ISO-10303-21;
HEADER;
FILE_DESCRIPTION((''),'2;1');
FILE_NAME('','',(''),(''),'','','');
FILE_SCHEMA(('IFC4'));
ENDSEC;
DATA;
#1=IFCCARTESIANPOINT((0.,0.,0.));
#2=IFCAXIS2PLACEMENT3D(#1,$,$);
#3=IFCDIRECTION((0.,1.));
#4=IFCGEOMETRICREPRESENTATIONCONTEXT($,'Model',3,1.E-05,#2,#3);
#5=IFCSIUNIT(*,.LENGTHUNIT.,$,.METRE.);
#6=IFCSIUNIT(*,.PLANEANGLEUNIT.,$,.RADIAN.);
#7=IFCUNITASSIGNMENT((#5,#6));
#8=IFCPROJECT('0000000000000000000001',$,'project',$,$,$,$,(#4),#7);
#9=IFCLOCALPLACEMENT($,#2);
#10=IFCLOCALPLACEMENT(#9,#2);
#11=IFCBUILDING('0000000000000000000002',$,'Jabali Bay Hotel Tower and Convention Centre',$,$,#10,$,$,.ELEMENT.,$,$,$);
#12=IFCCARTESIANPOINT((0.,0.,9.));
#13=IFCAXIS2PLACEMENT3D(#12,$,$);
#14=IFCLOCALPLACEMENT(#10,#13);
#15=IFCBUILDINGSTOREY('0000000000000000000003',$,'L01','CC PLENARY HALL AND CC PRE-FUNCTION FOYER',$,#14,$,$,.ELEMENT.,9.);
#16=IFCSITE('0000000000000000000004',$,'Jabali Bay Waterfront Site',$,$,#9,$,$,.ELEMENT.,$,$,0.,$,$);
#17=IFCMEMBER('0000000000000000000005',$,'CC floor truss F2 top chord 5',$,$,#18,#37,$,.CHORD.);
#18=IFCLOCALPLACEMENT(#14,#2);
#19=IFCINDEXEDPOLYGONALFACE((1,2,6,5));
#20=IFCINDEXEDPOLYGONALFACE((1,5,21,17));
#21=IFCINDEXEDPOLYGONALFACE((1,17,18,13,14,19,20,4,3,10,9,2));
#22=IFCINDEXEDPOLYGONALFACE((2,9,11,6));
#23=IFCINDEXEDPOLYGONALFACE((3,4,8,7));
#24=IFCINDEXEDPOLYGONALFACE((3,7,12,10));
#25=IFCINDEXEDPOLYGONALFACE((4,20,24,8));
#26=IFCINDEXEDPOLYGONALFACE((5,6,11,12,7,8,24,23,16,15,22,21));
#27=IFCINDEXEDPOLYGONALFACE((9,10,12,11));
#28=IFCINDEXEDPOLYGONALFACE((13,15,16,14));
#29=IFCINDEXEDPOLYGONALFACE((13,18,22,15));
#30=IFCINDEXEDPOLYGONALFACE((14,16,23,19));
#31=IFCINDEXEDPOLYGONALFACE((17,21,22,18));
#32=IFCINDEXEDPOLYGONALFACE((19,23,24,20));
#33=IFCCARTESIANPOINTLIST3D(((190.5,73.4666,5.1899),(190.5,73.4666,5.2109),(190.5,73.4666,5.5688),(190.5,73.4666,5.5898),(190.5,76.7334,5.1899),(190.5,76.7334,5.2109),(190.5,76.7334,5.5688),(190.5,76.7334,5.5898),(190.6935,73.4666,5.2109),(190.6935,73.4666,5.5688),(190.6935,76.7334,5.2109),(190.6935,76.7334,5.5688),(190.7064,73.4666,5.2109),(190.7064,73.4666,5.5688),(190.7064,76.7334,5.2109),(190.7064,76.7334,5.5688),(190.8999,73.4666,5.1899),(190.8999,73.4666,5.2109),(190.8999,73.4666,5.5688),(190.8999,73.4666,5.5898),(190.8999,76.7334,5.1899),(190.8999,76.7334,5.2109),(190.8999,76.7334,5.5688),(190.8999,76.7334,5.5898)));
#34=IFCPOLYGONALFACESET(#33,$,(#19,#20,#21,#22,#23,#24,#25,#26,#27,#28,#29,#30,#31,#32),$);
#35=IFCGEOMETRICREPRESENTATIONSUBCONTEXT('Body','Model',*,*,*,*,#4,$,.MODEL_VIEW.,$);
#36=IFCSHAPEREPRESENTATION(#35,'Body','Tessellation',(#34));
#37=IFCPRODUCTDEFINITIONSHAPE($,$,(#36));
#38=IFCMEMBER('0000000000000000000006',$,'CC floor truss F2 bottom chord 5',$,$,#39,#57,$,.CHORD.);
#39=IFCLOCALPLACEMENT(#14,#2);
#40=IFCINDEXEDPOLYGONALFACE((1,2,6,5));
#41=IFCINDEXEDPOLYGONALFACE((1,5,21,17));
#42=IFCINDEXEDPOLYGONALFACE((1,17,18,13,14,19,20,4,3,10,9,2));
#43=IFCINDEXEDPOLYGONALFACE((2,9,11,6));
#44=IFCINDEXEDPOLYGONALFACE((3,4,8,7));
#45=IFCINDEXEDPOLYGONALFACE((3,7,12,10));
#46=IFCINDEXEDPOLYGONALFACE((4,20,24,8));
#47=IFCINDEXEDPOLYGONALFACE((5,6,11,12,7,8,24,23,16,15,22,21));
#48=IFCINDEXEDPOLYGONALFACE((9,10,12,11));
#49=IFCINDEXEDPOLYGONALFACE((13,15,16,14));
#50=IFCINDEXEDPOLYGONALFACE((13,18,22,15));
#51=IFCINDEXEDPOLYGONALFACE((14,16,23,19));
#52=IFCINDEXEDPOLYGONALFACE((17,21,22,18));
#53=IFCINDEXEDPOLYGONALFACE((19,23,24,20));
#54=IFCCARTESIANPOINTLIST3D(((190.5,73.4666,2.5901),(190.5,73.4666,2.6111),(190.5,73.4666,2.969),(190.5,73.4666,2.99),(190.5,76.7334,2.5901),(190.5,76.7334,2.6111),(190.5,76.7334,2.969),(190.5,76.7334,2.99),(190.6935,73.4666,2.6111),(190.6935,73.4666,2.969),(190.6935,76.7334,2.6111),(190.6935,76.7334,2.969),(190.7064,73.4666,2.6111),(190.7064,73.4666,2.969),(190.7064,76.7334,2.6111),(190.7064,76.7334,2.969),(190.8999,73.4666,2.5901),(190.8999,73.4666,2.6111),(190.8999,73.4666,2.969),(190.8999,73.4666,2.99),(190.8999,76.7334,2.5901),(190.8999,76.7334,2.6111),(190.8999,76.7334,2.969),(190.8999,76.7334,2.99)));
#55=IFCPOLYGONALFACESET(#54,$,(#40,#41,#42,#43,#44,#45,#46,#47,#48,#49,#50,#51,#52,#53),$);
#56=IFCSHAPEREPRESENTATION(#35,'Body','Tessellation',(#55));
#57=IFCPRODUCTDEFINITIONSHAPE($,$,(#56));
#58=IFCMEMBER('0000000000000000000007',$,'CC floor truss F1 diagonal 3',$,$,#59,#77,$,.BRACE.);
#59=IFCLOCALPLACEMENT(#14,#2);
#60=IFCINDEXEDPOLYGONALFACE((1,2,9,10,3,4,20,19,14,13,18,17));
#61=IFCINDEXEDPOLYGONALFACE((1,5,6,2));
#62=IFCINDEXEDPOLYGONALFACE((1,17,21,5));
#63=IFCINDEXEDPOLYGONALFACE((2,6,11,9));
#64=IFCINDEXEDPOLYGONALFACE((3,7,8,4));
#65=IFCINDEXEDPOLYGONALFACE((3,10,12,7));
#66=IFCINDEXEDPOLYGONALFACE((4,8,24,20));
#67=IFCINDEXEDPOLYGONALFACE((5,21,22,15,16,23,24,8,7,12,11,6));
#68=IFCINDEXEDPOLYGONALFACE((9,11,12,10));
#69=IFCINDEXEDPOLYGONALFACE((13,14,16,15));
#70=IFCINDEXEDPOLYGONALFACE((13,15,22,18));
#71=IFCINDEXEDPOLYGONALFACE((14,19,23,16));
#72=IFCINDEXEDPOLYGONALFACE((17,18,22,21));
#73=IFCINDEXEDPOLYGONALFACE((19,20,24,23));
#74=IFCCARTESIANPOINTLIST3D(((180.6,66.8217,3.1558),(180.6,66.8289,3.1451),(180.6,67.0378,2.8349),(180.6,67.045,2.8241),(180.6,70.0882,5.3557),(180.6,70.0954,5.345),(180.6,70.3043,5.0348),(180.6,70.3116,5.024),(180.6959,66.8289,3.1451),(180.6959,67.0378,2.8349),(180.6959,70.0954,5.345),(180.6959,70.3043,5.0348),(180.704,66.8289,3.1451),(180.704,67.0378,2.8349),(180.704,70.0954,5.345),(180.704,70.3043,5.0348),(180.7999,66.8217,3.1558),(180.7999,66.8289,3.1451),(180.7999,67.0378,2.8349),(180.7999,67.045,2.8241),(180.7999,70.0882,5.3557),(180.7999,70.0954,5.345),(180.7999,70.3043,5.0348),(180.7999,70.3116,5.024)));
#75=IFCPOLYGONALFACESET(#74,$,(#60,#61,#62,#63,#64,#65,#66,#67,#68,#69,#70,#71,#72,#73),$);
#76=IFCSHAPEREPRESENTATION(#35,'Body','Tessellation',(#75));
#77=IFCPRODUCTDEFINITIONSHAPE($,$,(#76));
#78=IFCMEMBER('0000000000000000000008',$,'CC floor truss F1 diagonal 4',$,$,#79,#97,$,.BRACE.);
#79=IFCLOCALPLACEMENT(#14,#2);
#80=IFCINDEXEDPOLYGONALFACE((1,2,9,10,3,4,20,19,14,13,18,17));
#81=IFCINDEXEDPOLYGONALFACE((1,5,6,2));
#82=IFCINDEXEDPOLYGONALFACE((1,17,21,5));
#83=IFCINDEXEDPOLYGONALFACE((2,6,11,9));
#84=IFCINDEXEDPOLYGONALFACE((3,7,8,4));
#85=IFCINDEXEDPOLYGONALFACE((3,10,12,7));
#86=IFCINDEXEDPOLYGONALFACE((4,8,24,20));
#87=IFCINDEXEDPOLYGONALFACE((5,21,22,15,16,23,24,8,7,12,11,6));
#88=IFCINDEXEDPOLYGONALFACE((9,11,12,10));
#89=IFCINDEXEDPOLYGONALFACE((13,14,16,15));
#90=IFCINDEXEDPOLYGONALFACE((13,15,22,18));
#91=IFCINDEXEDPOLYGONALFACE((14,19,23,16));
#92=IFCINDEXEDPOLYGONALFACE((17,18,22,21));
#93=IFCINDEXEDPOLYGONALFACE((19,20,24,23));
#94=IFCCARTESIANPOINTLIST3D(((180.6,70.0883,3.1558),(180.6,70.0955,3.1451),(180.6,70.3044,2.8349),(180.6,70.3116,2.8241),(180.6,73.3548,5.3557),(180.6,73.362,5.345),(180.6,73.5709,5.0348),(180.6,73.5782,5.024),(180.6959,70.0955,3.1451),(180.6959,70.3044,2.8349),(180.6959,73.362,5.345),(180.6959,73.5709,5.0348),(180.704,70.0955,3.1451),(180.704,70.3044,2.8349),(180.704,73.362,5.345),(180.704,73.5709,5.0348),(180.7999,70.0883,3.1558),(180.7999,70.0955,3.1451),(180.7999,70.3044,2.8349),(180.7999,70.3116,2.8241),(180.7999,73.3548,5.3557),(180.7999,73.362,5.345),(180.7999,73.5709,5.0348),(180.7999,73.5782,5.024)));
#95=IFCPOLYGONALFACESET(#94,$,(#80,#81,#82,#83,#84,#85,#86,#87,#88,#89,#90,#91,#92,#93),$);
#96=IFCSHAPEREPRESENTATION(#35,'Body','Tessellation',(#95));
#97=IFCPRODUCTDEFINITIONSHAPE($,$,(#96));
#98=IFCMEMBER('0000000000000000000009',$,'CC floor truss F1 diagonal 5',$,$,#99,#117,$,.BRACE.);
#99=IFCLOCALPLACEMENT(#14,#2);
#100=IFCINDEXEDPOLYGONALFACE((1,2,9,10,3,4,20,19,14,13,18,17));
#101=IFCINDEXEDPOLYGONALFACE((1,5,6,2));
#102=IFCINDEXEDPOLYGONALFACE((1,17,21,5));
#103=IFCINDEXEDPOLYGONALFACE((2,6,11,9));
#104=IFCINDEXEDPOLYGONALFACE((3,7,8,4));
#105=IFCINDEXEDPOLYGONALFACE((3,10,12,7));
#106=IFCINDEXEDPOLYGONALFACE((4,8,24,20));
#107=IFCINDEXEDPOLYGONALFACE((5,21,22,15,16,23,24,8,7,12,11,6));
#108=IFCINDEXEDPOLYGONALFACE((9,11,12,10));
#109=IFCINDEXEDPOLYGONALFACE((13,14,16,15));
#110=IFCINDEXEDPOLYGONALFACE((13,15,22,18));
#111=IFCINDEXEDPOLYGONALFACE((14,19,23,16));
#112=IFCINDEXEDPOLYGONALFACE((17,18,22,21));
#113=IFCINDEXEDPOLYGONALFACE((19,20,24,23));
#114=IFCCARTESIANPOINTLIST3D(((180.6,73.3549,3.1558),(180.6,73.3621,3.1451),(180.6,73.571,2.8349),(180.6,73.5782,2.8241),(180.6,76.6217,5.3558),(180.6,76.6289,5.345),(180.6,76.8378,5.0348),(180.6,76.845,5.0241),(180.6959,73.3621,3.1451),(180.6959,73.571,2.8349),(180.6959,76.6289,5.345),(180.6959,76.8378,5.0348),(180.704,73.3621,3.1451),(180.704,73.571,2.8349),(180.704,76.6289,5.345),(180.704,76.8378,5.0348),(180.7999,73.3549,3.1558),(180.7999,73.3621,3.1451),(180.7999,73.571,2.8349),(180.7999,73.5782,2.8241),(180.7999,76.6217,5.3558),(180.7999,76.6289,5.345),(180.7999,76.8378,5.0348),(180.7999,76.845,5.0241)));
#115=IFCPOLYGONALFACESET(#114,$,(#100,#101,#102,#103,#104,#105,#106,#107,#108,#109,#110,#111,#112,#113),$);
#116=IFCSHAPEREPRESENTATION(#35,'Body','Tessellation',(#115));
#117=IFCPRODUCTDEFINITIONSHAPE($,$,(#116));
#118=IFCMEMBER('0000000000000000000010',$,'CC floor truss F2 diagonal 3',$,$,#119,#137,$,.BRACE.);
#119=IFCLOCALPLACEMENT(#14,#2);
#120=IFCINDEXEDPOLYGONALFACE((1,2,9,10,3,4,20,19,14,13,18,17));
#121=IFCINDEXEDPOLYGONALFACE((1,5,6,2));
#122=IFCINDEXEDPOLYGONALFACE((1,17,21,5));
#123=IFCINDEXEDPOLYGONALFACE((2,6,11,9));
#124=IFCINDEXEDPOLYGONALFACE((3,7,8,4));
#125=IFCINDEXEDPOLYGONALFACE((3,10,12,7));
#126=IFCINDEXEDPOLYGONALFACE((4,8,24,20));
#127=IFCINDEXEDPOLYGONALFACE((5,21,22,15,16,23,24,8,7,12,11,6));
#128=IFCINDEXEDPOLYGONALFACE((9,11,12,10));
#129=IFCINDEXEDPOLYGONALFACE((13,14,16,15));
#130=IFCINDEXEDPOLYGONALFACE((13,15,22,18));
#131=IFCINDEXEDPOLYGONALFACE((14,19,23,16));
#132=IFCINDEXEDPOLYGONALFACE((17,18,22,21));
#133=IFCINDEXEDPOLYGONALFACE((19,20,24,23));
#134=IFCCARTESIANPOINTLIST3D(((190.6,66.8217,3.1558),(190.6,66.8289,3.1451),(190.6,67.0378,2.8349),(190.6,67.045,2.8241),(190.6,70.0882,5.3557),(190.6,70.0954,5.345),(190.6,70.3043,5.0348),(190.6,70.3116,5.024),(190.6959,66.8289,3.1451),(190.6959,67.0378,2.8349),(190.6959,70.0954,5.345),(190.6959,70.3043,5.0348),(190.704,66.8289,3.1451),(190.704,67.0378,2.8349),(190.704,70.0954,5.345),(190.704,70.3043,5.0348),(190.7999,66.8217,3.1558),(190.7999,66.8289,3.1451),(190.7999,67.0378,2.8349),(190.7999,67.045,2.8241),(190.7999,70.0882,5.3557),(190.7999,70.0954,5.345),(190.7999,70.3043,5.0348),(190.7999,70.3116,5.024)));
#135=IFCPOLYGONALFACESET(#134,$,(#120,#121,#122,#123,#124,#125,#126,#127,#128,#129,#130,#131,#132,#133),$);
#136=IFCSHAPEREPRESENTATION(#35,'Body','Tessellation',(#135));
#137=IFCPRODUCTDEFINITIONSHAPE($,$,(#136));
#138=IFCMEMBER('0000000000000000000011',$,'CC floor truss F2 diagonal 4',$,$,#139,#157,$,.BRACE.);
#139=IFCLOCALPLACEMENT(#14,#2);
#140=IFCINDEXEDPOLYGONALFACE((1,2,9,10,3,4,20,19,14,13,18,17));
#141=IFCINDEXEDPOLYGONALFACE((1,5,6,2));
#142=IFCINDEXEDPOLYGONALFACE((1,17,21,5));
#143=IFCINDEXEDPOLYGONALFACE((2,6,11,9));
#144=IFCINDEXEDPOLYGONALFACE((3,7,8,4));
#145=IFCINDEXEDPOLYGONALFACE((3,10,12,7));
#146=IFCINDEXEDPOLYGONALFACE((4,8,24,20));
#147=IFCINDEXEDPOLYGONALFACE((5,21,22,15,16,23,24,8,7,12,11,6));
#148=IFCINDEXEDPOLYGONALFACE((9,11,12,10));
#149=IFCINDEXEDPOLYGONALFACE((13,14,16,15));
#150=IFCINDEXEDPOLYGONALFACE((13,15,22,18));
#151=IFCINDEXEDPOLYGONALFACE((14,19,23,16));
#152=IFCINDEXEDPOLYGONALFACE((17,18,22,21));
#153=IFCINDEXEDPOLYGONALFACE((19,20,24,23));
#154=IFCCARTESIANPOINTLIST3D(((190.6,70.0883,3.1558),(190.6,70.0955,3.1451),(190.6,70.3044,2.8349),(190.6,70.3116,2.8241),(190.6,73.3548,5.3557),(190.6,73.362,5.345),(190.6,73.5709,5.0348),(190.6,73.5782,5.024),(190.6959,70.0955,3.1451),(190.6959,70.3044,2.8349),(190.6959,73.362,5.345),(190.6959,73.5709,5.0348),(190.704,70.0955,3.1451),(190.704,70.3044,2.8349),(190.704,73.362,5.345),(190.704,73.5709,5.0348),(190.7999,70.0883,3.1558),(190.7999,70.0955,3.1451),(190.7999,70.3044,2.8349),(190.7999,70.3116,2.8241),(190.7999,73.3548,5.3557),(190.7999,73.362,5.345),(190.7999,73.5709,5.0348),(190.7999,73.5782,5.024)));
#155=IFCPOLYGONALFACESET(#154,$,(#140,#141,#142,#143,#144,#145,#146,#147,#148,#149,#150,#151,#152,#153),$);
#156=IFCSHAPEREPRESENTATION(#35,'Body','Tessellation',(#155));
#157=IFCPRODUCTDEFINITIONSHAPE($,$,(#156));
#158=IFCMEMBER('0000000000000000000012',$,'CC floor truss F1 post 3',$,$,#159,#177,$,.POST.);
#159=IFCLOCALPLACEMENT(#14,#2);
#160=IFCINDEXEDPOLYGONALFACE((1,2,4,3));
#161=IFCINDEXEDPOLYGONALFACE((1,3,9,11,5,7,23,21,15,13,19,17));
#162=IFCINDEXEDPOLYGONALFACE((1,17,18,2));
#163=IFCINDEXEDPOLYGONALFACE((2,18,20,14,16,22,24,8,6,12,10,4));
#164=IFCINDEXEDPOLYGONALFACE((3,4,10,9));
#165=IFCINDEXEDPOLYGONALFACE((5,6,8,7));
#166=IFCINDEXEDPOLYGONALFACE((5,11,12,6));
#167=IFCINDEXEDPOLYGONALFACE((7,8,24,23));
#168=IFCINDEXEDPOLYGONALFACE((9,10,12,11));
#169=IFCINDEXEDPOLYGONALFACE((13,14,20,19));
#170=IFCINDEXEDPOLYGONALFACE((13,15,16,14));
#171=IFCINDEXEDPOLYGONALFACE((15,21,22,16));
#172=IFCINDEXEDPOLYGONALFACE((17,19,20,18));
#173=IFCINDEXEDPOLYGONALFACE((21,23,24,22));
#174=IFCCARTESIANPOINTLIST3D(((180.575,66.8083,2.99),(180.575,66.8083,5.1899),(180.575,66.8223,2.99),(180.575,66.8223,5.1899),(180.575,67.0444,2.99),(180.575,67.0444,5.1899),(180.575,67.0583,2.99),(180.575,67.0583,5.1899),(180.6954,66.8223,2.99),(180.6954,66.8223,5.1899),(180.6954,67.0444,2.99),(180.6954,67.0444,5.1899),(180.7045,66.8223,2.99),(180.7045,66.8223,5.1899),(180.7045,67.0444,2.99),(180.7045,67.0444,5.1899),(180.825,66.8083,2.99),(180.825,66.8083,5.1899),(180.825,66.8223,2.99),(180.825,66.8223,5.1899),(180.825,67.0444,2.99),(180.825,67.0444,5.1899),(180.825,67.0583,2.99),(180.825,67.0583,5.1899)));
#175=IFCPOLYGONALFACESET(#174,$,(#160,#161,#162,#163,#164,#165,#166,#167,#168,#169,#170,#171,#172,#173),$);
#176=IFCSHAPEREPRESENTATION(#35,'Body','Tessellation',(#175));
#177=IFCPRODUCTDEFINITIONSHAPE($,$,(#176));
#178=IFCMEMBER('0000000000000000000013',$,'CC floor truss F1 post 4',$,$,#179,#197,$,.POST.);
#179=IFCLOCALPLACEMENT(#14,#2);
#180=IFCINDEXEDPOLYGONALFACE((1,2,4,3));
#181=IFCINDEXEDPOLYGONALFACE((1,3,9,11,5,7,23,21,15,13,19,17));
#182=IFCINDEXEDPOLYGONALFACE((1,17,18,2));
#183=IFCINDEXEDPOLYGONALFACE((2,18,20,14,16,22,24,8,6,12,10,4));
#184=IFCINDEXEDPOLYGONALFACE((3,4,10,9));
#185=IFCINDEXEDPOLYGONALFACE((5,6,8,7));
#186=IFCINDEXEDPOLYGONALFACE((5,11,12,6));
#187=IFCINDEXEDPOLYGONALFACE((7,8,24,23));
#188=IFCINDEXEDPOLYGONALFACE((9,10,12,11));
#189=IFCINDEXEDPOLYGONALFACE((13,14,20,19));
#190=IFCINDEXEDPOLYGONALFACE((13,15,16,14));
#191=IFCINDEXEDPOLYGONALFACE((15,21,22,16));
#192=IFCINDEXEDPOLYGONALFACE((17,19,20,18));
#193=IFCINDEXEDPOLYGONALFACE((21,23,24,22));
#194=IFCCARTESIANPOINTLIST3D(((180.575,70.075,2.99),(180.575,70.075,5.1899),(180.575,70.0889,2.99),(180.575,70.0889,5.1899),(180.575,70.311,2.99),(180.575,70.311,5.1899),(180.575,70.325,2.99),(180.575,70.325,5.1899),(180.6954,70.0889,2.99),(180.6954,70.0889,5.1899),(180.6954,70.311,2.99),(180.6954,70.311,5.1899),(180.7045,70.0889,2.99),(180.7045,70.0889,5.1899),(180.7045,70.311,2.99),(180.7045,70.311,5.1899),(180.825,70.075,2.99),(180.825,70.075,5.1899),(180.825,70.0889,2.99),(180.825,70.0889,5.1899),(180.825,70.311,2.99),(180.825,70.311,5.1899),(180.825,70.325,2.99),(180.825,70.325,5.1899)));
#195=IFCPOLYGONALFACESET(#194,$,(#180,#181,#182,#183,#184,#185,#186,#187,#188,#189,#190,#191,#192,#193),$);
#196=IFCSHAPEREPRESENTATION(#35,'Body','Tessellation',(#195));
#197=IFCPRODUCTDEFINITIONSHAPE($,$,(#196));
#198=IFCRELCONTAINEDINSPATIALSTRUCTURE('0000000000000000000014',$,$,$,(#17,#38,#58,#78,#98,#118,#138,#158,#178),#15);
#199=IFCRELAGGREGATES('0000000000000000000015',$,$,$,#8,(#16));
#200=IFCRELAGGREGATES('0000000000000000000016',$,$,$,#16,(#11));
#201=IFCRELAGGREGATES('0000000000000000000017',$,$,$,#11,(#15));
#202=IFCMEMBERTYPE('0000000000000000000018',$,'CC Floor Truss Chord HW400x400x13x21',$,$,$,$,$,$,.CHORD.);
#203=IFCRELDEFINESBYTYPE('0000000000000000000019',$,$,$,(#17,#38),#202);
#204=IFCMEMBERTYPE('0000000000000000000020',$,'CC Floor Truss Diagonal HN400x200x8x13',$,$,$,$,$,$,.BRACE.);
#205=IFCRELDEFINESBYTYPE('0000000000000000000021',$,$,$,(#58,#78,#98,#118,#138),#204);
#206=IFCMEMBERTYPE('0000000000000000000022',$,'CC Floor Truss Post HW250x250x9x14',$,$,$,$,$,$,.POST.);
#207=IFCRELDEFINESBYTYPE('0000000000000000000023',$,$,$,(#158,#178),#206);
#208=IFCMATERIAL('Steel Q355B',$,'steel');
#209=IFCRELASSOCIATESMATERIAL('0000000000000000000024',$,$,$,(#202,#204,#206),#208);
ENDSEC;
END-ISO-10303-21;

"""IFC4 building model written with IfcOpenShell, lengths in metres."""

from ifc_helpers import new_model, si_unit, direction, frame, origin, origin_2d, place, context, subcontext, project, spatial, i_section, extrude, material, material_profile, profile_set, type_object, element, save


model = new_model("IFC4")

# Units and contexts
model_context = context("Model", 3, precision=1e-05, world=origin(), true_north=direction((0.0, 1.0)))
body_context = subcontext(model_context, "Body", "Model", "MODEL_VIEW")
ifc_project = project(units=[si_unit("LENGTHUNIT", "METRE"), si_unit("PLANEANGLEUNIT", "RADIAN")], contexts=[model_context])

# Site, building, storey
site_placement = place(None, origin())
site = spatial("IfcSite", under=ifc_project, at=site_placement, Name="Jabali Bay Waterfront Site", CompositionType="ELEMENT", RefElevation=0.0)
building_placement = place(site_placement, origin())
building = spatial("IfcBuilding", under=site, at=building_placement, Name="Jabali Bay Hotel Tower and Convention Centre", CompositionType="ELEMENT")
storey_placement = place(building_placement, frame((0.0, 0.0, 9.0)))
storey = spatial("IfcBuildingStorey", under=building, at=storey_placement, Name="L01", Description="CC PLENARY HALL AND CC PRE-FUNCTION FOYER", CompositionType="ELEMENT", Elevation=9.0)

# Members
ifc_material = material(Name="Steel Q355B", Category="steel")
ifc_material_profile_1 = material_profile(ifc_material, i_section(OverallWidth=0.3999, OverallDepth=0.3999, WebThickness=0.0129, FlangeThickness=0.021, at=origin_2d()), Name="HW400x400x13x21")
ifc_profile_set_1 = profile_set([ifc_material_profile_1], Name="Steel Q355B")
member_type_1 = type_object("IfcMemberType", Name="CC Floor Truss Chord HW400x400x13x21", PredefinedType="CHORD", material=ifc_profile_set_1)
for number, where, z_axis, x_axis, name in (
    (1, (190.7, 73.4666, 5.3899), (0.0, 1.0, 0.0), (-1.0, 0.0, 0.0), "CC floor truss F2 top chord 5"),
    (2, (190.7, 73.4666, 2.79), (0.0, 1.0, 0.0), (-1.0, 0.0, 0.0), "CC floor truss F2 bottom chord 5"),
):
    element("IfcMember", number, at=place(storey_placement, frame(where, z_axis=z_axis, x_axis=x_axis)), inside=storey, type_object=member_type_1, Name=name, PredefinedType="CHORD", context=body_context, shape_type="SweptSolid", body=[
        extrude(i_section(OverallWidth=0.3999, OverallDepth=0.3999, WebThickness=0.0129, FlangeThickness=0.021, at=origin_2d()), origin(), (0.0, 0.0, 1.0), 3.2668),
    ])
ifc_material_profile_2 = material_profile(ifc_material, i_section(OverallWidth=0.2, OverallDepth=0.3999, WebThickness=0.0081, FlangeThickness=0.0129, at=origin_2d()), Name="HN400x200x8x13")
ifc_profile_set_2 = profile_set([ifc_material_profile_2], Name="Steel Q355B")
member_type_2 = type_object("IfcMemberType", Name="CC Floor Truss Diagonal HN400x200x8x13", PredefinedType="BRACE", material=ifc_profile_set_2)
for number, where, z_axis, x_axis, name in (
    (3, (180.7, 66.9333, 2.99), (0.0, 0.829438, 0.5586), (-1.0, 0.0, 0.0), "CC floor truss F1 diagonal 3"),
    (4, (180.7, 70.2, 2.99), (0.0, 0.829438, 0.5586), (-1.0, 0.0, 0.0), "CC floor truss F1 diagonal 4"),
):
    element("IfcMember", number, at=place(storey_placement, frame(where, z_axis=z_axis, x_axis=x_axis)), inside=storey, type_object=member_type_2, Name=name, PredefinedType="BRACE", context=body_context, shape_type="SweptSolid", body=[
        extrude(i_section(OverallWidth=0.2, OverallDepth=0.3999, WebThickness=0.0081, FlangeThickness=0.0129, at=origin_2d()), origin(), (0.0, 0.0, 1.0), 3.9382),
    ])
member_placement = place(storey_placement, frame((180.7, 73.4666, 2.99), z_axis=(0.0, 0.829457, 0.558571), x_axis=(-1.0, 0.0, 0.0)))
element("IfcMember", 5, at=member_placement, inside=storey, type_object=member_type_2, Name="CC floor truss F1 diagonal 5", PredefinedType="BRACE", context=body_context, shape_type="SweptSolid", body=[
    extrude(i_section(OverallWidth=0.2, OverallDepth=0.3999, WebThickness=0.0081, FlangeThickness=0.0129, at=origin_2d()), origin(), (0.0, 0.0, 1.0), 3.9385),
])
for number, where, z_axis, x_axis, name in (
    (6, (190.7, 66.9333, 2.99), (0.0, 0.829438, 0.5586), (-1.0, 0.0, 0.0), "CC floor truss F2 diagonal 3"),
    (7, (190.7, 70.2, 2.99), (0.0, 0.829438, 0.5586), (-1.0, 0.0, 0.0), "CC floor truss F2 diagonal 4"),
):
    element("IfcMember", number, at=place(storey_placement, frame(where, z_axis=z_axis, x_axis=x_axis)), inside=storey, type_object=member_type_2, Name=name, PredefinedType="BRACE", context=body_context, shape_type="SweptSolid", body=[
        extrude(i_section(OverallWidth=0.2, OverallDepth=0.3999, WebThickness=0.0081, FlangeThickness=0.0129, at=origin_2d()), origin(), (0.0, 0.0, 1.0), 3.9382),
    ])
ifc_material_profile_3 = material_profile(ifc_material, i_section(OverallWidth=0.25, OverallDepth=0.25, WebThickness=0.009, FlangeThickness=0.0139, at=origin_2d()), Name="HW250x250x9x14")
ifc_profile_set_3 = profile_set([ifc_material_profile_3], Name="Steel Q355B")
member_type_3 = type_object("IfcMemberType", Name="CC Floor Truss Post HW250x250x9x14", PredefinedType="POST", material=ifc_profile_set_3)
for number, where, z_axis, x_axis, name in (
    (8, (180.7, 66.9333, 2.99), (0.0, 0.0, 1.0), (1.0, 0.0, 0.0), "CC floor truss F1 post 3"),
    (9, (180.7, 70.2, 2.99), (0.0, 0.0, 1.0), (1.0, 0.0, 0.0), "CC floor truss F1 post 4"),
):
    element("IfcMember", number, at=place(storey_placement, frame(where, z_axis=z_axis, x_axis=x_axis)), inside=storey, type_object=member_type_3, Name=name, PredefinedType="POST", context=body_context, shape_type="SweptSolid", body=[
        extrude(i_section(OverallWidth=0.25, OverallDepth=0.25, WebThickness=0.009, FlangeThickness=0.0139, at=origin_2d()), origin(), (0.0, 0.0, 1.0), 2.2),
    ])

save(model, "model.ifc")
